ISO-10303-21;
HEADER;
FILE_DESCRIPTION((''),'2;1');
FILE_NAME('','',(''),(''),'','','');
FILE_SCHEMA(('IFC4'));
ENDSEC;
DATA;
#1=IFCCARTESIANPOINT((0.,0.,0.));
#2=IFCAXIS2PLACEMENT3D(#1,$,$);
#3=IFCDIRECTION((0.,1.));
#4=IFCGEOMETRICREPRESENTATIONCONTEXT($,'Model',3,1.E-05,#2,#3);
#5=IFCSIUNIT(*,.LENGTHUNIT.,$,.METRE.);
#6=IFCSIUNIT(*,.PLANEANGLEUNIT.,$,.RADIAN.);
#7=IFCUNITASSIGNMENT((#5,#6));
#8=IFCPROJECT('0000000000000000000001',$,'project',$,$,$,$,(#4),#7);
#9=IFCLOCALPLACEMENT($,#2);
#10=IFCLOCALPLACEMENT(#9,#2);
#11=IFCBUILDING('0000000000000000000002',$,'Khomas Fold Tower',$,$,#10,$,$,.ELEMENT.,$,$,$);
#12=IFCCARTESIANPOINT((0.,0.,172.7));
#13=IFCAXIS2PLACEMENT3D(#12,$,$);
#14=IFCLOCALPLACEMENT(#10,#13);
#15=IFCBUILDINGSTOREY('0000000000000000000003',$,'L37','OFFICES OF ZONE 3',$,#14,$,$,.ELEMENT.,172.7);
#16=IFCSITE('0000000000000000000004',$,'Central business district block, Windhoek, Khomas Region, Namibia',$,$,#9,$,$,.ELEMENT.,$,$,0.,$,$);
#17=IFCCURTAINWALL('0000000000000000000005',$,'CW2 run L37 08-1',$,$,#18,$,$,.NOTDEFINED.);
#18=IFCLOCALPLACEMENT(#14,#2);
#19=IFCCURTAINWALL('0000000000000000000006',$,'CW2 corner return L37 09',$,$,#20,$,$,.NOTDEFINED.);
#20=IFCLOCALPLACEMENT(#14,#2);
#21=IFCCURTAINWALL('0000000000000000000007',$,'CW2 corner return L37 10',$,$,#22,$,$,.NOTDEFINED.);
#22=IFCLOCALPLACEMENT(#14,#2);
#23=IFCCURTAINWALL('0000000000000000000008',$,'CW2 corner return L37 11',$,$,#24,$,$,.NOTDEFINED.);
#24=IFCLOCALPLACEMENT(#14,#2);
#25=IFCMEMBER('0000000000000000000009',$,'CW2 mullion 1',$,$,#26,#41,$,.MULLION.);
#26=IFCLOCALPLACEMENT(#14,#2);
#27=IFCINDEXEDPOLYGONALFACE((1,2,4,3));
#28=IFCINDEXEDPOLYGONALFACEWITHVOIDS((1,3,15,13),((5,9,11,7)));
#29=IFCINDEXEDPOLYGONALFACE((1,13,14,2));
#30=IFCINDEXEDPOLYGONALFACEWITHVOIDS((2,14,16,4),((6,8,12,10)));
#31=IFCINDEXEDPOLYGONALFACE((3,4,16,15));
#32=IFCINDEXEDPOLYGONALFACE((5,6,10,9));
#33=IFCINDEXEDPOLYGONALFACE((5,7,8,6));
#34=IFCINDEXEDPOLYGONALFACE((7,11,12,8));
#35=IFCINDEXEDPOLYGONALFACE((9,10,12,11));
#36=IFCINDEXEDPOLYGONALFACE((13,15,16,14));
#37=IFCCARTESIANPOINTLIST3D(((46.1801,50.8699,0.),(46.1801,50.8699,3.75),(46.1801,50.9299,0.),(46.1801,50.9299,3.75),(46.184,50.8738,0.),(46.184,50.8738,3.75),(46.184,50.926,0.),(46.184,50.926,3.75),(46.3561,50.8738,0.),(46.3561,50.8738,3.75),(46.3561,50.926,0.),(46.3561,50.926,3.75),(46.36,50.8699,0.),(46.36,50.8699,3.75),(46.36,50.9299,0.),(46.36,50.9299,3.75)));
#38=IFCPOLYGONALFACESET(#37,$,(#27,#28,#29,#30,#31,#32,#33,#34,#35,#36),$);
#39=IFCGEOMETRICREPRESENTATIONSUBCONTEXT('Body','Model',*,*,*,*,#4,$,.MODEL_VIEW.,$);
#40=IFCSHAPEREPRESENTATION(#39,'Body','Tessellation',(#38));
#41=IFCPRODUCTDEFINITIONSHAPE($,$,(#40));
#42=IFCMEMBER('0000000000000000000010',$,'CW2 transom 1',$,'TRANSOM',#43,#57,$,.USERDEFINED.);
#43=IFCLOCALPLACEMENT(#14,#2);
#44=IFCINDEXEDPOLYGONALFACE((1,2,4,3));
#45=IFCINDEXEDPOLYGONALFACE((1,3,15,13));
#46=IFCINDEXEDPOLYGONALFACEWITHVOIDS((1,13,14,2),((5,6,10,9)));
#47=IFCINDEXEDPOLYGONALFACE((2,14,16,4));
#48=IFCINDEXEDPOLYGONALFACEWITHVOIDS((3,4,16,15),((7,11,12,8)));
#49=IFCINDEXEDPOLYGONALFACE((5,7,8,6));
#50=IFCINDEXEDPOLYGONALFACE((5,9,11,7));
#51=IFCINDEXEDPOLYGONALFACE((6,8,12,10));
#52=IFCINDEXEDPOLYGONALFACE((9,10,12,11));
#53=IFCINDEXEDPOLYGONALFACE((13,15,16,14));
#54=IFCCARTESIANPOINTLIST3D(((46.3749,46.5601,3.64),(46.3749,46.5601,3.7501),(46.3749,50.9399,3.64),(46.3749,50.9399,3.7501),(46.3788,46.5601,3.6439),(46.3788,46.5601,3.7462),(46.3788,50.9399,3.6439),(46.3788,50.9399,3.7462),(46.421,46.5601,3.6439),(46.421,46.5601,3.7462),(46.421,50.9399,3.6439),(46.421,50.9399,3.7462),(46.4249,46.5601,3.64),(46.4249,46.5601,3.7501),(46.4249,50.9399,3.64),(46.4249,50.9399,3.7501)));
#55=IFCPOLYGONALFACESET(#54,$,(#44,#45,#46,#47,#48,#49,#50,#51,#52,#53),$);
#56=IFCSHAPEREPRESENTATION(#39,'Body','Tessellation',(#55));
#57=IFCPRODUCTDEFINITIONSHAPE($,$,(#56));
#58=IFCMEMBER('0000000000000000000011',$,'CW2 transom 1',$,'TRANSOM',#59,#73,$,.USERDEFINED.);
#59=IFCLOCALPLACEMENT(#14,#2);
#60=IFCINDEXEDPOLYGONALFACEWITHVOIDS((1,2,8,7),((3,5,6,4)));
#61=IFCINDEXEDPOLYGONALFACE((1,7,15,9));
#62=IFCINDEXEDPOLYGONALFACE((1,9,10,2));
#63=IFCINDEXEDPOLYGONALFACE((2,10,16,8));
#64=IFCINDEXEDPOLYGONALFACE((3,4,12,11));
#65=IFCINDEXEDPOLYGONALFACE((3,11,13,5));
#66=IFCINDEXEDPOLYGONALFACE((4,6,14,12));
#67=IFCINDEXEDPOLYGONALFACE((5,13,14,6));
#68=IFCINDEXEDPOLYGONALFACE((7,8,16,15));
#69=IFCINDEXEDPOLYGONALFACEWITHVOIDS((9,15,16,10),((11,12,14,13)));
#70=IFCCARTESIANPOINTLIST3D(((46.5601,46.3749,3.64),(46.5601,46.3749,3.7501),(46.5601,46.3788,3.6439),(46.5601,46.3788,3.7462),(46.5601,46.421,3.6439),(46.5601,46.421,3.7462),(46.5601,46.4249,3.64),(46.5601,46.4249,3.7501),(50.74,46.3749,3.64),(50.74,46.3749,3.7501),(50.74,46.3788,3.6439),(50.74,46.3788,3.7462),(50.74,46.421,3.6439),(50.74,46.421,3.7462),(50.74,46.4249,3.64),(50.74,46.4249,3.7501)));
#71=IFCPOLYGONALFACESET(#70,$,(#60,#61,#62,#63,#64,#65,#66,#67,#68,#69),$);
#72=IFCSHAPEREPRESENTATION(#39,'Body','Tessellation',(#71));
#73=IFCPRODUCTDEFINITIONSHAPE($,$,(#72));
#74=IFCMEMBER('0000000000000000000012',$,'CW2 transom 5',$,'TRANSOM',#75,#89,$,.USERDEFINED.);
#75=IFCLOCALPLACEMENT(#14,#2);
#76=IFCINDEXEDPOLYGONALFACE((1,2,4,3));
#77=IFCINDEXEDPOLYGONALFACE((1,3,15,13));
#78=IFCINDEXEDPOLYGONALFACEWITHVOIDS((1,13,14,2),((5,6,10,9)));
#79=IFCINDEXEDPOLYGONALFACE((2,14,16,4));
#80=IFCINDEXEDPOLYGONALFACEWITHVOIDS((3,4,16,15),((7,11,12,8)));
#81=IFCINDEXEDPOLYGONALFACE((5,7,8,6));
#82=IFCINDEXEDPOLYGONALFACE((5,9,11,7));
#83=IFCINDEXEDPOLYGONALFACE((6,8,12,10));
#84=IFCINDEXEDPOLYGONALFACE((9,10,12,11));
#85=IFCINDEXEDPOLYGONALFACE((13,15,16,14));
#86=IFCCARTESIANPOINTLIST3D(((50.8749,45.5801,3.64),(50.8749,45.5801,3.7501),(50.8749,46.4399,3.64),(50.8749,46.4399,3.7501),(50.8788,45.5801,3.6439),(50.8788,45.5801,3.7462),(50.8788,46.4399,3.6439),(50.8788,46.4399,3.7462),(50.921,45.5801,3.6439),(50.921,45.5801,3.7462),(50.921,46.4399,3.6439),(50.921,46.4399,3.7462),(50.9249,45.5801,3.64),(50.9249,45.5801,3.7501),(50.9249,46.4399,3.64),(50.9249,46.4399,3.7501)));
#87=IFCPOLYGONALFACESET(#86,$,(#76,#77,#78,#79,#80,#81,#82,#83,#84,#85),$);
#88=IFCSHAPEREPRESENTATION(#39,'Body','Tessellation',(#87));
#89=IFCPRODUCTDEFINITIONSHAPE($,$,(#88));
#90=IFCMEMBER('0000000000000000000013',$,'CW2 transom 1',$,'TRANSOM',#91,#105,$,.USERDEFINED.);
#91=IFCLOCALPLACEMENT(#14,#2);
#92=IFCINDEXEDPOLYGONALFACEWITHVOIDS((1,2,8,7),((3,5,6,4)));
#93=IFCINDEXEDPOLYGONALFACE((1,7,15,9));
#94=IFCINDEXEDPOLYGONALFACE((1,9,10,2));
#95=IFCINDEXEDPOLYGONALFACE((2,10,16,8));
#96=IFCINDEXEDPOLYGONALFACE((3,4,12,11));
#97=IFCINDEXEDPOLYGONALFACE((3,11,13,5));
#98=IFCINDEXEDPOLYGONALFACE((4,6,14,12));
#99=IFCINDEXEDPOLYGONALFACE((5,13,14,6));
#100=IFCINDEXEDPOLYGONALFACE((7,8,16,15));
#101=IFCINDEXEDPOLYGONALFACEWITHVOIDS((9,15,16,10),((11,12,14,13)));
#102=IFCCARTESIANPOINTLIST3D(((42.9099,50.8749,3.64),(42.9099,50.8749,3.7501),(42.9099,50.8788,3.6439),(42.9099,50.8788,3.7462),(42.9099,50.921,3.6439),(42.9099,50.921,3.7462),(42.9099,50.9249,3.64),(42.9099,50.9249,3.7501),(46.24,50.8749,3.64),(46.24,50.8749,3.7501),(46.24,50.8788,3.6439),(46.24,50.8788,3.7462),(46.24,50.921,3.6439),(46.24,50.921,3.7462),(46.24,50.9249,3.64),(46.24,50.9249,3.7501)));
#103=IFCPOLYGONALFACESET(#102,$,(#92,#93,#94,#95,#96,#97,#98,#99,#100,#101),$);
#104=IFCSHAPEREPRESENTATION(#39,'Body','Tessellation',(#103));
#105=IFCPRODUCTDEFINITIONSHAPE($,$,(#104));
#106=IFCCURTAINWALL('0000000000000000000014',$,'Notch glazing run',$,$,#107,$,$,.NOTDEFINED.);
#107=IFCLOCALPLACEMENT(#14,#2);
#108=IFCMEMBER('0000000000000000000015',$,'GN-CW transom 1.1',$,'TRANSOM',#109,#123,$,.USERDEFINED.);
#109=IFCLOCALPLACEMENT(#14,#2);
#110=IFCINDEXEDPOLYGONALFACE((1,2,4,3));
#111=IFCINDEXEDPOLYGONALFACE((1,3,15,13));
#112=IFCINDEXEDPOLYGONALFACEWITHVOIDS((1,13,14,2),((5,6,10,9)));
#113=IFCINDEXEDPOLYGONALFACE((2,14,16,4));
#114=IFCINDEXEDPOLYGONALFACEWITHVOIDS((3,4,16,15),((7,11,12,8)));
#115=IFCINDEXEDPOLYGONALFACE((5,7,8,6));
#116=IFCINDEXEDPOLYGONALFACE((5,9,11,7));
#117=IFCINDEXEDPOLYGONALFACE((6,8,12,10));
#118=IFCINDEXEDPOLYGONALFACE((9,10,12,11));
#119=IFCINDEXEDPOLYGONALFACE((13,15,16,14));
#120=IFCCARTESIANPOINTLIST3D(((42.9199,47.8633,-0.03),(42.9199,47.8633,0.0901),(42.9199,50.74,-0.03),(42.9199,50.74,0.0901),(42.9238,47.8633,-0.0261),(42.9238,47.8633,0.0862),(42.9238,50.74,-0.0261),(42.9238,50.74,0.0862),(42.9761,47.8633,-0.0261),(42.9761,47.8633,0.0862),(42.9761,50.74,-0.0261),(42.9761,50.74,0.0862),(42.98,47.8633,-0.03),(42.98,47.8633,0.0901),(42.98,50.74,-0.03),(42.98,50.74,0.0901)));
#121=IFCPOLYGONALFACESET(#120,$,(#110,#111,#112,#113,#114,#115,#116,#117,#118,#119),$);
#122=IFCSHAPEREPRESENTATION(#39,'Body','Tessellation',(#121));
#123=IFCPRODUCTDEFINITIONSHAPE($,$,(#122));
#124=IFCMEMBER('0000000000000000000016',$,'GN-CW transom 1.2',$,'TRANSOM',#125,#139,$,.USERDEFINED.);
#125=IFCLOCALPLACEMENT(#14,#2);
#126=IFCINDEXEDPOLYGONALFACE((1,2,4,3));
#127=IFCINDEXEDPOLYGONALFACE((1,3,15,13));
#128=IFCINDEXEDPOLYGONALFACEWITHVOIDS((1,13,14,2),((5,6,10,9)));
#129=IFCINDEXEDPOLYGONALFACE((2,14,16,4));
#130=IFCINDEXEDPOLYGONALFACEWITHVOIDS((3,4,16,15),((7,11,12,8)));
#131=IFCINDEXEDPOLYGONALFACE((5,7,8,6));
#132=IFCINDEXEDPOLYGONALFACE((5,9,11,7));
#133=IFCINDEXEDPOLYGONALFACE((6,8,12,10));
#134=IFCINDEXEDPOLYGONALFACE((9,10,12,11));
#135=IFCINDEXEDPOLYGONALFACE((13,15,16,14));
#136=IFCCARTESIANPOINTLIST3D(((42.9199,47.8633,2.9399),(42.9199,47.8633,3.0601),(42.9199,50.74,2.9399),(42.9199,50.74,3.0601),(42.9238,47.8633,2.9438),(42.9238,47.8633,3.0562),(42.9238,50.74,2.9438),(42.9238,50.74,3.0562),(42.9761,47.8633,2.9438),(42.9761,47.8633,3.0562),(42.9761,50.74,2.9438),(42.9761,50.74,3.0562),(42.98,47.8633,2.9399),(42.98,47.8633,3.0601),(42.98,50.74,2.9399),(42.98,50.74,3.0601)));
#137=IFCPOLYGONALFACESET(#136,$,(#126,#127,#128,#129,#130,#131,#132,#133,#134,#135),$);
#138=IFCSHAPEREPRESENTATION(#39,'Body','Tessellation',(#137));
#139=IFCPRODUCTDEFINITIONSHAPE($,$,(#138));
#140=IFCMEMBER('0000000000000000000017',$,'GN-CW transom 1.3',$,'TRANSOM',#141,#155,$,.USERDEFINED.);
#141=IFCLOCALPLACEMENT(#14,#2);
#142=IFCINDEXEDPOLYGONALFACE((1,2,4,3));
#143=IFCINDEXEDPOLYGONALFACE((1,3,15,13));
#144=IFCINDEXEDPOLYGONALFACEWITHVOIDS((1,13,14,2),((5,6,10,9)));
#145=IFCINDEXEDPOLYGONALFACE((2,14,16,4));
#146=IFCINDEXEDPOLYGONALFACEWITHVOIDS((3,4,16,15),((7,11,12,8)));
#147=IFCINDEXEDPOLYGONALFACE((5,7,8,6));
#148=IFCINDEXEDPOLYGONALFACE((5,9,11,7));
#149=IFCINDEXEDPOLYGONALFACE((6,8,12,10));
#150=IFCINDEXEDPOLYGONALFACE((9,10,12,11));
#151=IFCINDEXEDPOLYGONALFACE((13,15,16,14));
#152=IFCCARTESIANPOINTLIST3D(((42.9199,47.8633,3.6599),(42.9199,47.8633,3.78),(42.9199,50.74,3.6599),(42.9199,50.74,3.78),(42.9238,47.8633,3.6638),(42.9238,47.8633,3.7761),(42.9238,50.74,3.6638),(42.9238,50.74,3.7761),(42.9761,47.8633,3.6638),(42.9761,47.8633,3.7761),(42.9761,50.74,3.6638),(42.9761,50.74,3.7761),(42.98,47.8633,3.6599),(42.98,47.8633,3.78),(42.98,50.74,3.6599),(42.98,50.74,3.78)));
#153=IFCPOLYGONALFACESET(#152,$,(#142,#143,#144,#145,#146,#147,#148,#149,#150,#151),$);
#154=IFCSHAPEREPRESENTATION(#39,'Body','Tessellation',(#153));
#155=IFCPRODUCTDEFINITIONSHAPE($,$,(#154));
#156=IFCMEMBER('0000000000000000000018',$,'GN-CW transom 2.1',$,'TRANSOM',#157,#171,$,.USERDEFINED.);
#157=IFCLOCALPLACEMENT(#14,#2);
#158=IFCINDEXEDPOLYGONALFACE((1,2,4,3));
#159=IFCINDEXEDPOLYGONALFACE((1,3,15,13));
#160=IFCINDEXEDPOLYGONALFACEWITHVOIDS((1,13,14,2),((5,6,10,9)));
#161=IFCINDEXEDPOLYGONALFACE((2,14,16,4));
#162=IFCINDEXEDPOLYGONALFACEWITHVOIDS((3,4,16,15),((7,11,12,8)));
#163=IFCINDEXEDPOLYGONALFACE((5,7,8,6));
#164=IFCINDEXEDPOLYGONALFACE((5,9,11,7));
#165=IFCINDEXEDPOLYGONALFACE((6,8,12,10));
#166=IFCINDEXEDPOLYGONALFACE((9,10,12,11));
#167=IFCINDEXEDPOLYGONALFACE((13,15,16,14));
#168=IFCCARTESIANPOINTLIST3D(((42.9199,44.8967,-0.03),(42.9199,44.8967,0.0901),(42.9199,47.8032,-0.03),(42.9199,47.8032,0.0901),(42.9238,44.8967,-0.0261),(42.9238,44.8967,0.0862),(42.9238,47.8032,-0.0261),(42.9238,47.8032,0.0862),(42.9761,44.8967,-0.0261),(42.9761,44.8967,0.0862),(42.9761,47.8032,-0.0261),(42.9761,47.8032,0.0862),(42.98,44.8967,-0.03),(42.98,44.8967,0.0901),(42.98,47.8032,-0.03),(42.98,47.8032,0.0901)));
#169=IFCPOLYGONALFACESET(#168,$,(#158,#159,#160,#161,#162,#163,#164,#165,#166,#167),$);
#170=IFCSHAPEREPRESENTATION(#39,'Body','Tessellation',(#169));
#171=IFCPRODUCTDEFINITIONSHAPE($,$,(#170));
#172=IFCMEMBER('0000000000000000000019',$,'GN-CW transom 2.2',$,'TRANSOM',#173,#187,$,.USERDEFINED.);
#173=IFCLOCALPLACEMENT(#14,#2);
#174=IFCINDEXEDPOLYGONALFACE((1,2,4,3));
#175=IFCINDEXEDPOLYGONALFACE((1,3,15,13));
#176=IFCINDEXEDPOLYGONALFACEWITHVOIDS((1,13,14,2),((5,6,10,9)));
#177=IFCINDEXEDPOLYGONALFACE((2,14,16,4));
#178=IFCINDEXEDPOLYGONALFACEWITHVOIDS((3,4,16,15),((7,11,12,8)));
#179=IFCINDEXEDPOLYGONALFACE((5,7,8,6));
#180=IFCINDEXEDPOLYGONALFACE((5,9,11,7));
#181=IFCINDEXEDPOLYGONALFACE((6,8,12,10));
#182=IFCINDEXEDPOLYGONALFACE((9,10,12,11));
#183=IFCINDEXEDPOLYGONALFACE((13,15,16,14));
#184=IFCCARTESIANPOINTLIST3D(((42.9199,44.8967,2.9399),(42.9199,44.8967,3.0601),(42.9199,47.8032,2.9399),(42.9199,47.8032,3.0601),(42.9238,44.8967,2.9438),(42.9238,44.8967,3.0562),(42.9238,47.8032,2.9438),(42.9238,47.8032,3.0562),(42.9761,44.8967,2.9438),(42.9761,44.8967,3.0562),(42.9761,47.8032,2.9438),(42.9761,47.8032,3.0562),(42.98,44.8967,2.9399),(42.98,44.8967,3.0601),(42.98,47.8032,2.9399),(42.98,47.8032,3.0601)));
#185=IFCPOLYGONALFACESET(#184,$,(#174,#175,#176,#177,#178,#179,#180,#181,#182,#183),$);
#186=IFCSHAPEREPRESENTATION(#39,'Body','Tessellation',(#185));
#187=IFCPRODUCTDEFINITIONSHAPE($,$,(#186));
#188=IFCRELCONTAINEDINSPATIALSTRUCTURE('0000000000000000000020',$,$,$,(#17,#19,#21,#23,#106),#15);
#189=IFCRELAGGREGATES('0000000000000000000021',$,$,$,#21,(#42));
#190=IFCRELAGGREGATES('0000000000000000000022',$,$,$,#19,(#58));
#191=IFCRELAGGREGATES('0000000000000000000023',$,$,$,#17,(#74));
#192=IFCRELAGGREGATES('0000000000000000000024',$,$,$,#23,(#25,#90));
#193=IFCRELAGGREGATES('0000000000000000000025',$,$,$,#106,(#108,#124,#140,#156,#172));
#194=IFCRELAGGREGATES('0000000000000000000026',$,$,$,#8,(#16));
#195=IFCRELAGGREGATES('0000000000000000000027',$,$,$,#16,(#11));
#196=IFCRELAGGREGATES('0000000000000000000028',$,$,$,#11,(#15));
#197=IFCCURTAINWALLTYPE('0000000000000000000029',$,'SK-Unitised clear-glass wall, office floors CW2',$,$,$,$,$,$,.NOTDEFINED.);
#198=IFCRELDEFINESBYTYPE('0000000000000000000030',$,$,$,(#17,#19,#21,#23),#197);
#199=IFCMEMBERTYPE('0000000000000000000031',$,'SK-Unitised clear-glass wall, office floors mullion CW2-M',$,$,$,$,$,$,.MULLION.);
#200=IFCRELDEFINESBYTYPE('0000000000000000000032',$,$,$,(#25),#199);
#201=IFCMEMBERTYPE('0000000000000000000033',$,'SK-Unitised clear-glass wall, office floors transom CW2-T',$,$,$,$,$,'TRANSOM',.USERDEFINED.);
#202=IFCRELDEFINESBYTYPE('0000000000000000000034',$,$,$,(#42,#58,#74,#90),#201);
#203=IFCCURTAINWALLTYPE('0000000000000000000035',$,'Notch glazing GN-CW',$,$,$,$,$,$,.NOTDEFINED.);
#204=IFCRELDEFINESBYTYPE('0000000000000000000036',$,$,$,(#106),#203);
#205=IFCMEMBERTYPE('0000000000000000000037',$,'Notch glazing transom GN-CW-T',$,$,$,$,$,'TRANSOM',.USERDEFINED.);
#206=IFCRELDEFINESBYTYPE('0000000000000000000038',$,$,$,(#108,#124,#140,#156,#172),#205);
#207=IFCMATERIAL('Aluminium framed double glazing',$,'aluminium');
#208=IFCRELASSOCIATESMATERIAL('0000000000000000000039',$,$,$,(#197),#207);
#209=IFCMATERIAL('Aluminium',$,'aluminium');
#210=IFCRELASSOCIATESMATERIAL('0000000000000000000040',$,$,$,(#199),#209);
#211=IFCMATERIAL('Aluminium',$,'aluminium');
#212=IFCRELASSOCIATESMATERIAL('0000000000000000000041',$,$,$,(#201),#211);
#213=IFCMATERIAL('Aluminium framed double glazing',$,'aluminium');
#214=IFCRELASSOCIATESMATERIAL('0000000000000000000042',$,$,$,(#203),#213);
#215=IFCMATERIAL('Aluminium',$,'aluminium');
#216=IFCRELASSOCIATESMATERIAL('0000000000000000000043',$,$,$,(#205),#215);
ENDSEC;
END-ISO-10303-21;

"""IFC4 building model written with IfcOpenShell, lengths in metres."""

from ifc_helpers import new_model, si_unit, direction, frame, origin, origin_2d, place, context, subcontext, project, spatial, hollow_rectangle, extrude, source, transform, mapped, material, material_profile, profile_set, type_object, element, aggregate, save


model = new_model("IFC4")

# Units and contexts
model_context = context("Model", 3, precision=1e-05, world=origin(), true_north=direction((0.0, 1.0)))
body_context = subcontext(model_context, "Body", "Model", "MODEL_VIEW")
ifc_project = project(units=[si_unit("LENGTHUNIT", "METRE"), si_unit("PLANEANGLEUNIT", "RADIAN")], contexts=[model_context])

# Site, building, storey
site_placement = place(None, origin())
site = spatial("IfcSite", under=ifc_project, at=site_placement, Name="Central business district block, Windhoek, Khomas Region, Namibia", CompositionType="ELEMENT", RefElevation=0.0)
building_placement = place(site_placement, origin())
building = spatial("IfcBuilding", under=site, at=building_placement, Name="Khomas Fold Tower", CompositionType="ELEMENT")
storey_placement = place(building_placement, frame((0.0, 0.0, 172.7)))
storey = spatial("IfcBuildingStorey", under=building, at=storey_placement, Name="L37", Description="OFFICES OF ZONE 3", CompositionType="ELEMENT", Elevation=172.7)

# Curtain walls
ifc_material_1 = material(Name="Aluminium framed double glazing", Category="aluminium")
curtain_wall_type_1 = type_object("IfcCurtainWallType", Name="SK-Unitised clear-glass wall, office floors CW2", PredefinedType="NOTDEFINED", material=ifc_material_1)
curtain_wall_1_placement = place(storey_placement, origin())
curtain_wall_1 = element("IfcCurtainWall", 1, at=curtain_wall_1_placement, inside=storey, type_object=curtain_wall_type_1, Name="CW2 run L37 08-1", PredefinedType="NOTDEFINED")
ifc_material_2 = material(Name="Aluminium", Category="aluminium")
ifc_material_profile_1 = material_profile(ifc_material_2, hollow_rectangle(XDim=0.0601, YDim=0.1799, WallThickness=0.0039, at=origin_2d()), Name="SK-Unitised clear-glass wall, office floors mullion CW2-M")
ifc_profile_set_1 = profile_set([ifc_material_profile_1], Name="Aluminium")
member_type_1 = type_object("IfcMemberType", Name="SK-Unitised clear-glass wall, office floors mullion CW2-M", PredefinedType="MULLION", material=ifc_profile_set_1)
shared_shape_1 = source(origin(), body_context, "Body", "SweptSolid", [
    extrude(hollow_rectangle(XDim=0.0601, YDim=0.1799, WallThickness=0.0039, at=origin_2d()), origin(), (0.0, 0.0, 1.0), 3.75),
])
curtain_wall_2_placement = place(storey_placement, origin())
curtain_wall_2 = element("IfcCurtainWall", 2, at=curtain_wall_2_placement, inside=storey, type_object=curtain_wall_type_1, Name="CW2 corner return L37 09", PredefinedType="NOTDEFINED")
curtain_wall_3_placement = place(storey_placement, origin())
curtain_wall_3 = element("IfcCurtainWall", 3, at=curtain_wall_3_placement, inside=storey, type_object=curtain_wall_type_1, Name="CW2 corner return L37 10", PredefinedType="NOTDEFINED")

# Curtain wall, member
curtain_wall_4_placement = place(storey_placement, origin())
curtain_wall_4 = element("IfcCurtainWall", 4, at=curtain_wall_4_placement, inside=storey, type_object=curtain_wall_type_1, Name="CW2 corner return L37 11", PredefinedType="NOTDEFINED")
member_1_placement = place(storey_placement, frame((46.27, 50.8999, 0.0), z_axis=(0.0, 0.0, 1.0), x_axis=(0.0, -1.0, 0.0)))
member_1 = element("IfcMember", 5, at=member_1_placement, type_object=member_type_1, Name="CW2 mullion 1", PredefinedType="MULLION", context=body_context, shape_type="MappedRepresentation", body=[
    mapped(shared_shape_1, transform((0.0, 0.0, 0.0))),
])

# Members
ifc_material_3 = material(Name="Aluminium", Category="aluminium")
ifc_material_profile_2 = material_profile(ifc_material_3, hollow_rectangle(XDim=0.05, YDim=0.1101, WallThickness=0.0039, at=origin_2d()), Name="SK-Unitised clear-glass wall, office floors transom CW2-T")
ifc_profile_set_2 = profile_set([ifc_material_profile_2], Name="Aluminium")
member_type_2 = type_object("IfcMemberType", Name="SK-Unitised clear-glass wall, office floors transom CW2-T", ElementType="TRANSOM", PredefinedType="USERDEFINED", material=ifc_profile_set_2)
shared_shape_2 = source(origin(), body_context, "Body", "SweptSolid", [
    extrude(hollow_rectangle(XDim=0.05, YDim=0.1101, WallThickness=0.0039, at=origin_2d()), origin(), (0.0, 0.0, 1.0), 4.3799),
])
member_2_placement = place(storey_placement, frame((46.3999, 46.5601, 3.6951), z_axis=(0.0, 1.0, 0.0), x_axis=(-1.0, 0.0, 0.0)))
member_2 = element("IfcMember", 6, at=member_2_placement, type_object=member_type_2, Name="CW2 transom 1", ObjectType="TRANSOM", PredefinedType="USERDEFINED", context=body_context, shape_type="MappedRepresentation", body=[
    mapped(shared_shape_2, transform((0.0, 0.0, 0.0))),
])
shared_shape_3 = source(origin(), body_context, "Body", "SweptSolid", [
    extrude(hollow_rectangle(XDim=0.05, YDim=0.1101, WallThickness=0.0039, at=origin_2d()), origin(), (0.0, 0.0, 1.0), 4.1799),
])
member_3_placement = place(storey_placement, frame((50.74, 46.3999, 3.6951), z_axis=(-1.0, 0.0, 0.0), x_axis=(0.0, -1.0, 0.0)))
member_3 = element("IfcMember", 7, at=member_3_placement, type_object=member_type_2, Name="CW2 transom 1", ObjectType="TRANSOM", PredefinedType="USERDEFINED", context=body_context, shape_type="MappedRepresentation", body=[
    mapped(shared_shape_3, transform((0.0, 0.0, 0.0))),
])
shared_shape_4 = source(origin(), body_context, "Body", "SweptSolid", [
    extrude(hollow_rectangle(XDim=0.05, YDim=0.1101, WallThickness=0.0039, at=origin_2d()), origin(), (0.0, 0.0, 1.0), 0.8599),
])
member_4_placement = place(storey_placement, frame((50.8999, 45.5801, 3.6951), z_axis=(0.0, 1.0, 0.0), x_axis=(-1.0, 0.0, 0.0)))
member_4 = element("IfcMember", 8, at=member_4_placement, type_object=member_type_2, Name="CW2 transom 5", ObjectType="TRANSOM", PredefinedType="USERDEFINED", context=body_context, shape_type="MappedRepresentation", body=[
    mapped(shared_shape_4, transform((0.0, 0.0, 0.0))),
])
shared_shape_5 = source(origin(), body_context, "Body", "SweptSolid", [
    extrude(hollow_rectangle(XDim=0.05, YDim=0.1101, WallThickness=0.0039, at=origin_2d()), origin(), (0.0, 0.0, 1.0), 3.3301),
])
member_5_placement = place(storey_placement, frame((46.24, 50.8999, 3.6951), z_axis=(-1.0, 0.0, 0.0), x_axis=(0.0, -1.0, 0.0)))
member_5 = element("IfcMember", 9, at=member_5_placement, type_object=member_type_2, Name="CW2 transom 1", ObjectType="TRANSOM", PredefinedType="USERDEFINED", context=body_context, shape_type="MappedRepresentation", body=[
    mapped(shared_shape_5, transform((0.0, 0.0, 0.0))),
])

# Curtain wall, members
ifc_material_4 = material(Name="Aluminium framed double glazing", Category="aluminium")
curtain_wall_type_2 = type_object("IfcCurtainWallType", Name="Notch glazing GN-CW", PredefinedType="NOTDEFINED", material=ifc_material_4)
curtain_wall_5_placement = place(storey_placement, origin())
curtain_wall_5 = element("IfcCurtainWall", 10, at=curtain_wall_5_placement, inside=storey, type_object=curtain_wall_type_2, Name="Notch glazing run", PredefinedType="NOTDEFINED")
ifc_material_5 = material(Name="Aluminium", Category="aluminium")
ifc_material_profile_3 = material_profile(ifc_material_5, hollow_rectangle(XDim=0.0601, YDim=0.1201, WallThickness=0.0039, at=origin_2d()), Name="Notch glazing transom GN-CW-T")
ifc_profile_set_3 = profile_set([ifc_material_profile_3], Name="Aluminium")
member_type_3 = type_object("IfcMemberType", Name="Notch glazing transom GN-CW-T", ElementType="TRANSOM", PredefinedType="USERDEFINED", material=ifc_profile_set_3)
shared_shape_6 = source(origin(), body_context, "Body", "SweptSolid", [
    extrude(hollow_rectangle(XDim=0.0601, YDim=0.1201, WallThickness=0.0039, at=origin_2d()), origin(), (0.0, 0.0, 1.0), 2.8767),
])
member_6_placement = place(storey_placement, frame((42.95, 50.74, 0.03), z_axis=(0.0, -1.0, 0.0), x_axis=(1.0, 0.0, 0.0)))
member_6 = element("IfcMember", 11, at=member_6_placement, type_object=member_type_3, Name="GN-CW transom 1.1", ObjectType="TRANSOM", PredefinedType="USERDEFINED", context=body_context, shape_type="MappedRepresentation", body=[
    mapped(shared_shape_6, transform((0.0, 0.0, 0.0))),
])
member_7_placement = place(storey_placement, frame((42.95, 50.74, 3.0), z_axis=(0.0, -1.0, 0.0), x_axis=(1.0, 0.0, 0.0)))
member_7 = element("IfcMember", 12, at=member_7_placement, type_object=member_type_3, Name="GN-CW transom 1.2", ObjectType="TRANSOM", PredefinedType="USERDEFINED", context=body_context, shape_type="MappedRepresentation", body=[
    mapped(shared_shape_6, transform((0.0, 0.0, 0.0))),
])
member_8_placement = place(storey_placement, frame((42.95, 50.74, 3.72), z_axis=(0.0, -1.0, 0.0), x_axis=(1.0, 0.0, 0.0)))
member_8 = element("IfcMember", 13, at=member_8_placement, type_object=member_type_3, Name="GN-CW transom 1.3", ObjectType="TRANSOM", PredefinedType="USERDEFINED", context=body_context, shape_type="MappedRepresentation", body=[
    mapped(shared_shape_6, transform((0.0, 0.0, 0.0))),
])
shared_shape_7 = source(origin(), body_context, "Body", "SweptSolid", [
    extrude(hollow_rectangle(XDim=0.0601, YDim=0.1201, WallThickness=0.0039, at=origin_2d()), origin(), (0.0, 0.0, 1.0), 2.9065),
])
member_9_placement = place(storey_placement, frame((42.95, 47.8032, 0.03), z_axis=(0.0, -1.0, 0.0), x_axis=(1.0, 0.0, 0.0)))
member_9 = element("IfcMember", 14, at=member_9_placement, type_object=member_type_3, Name="GN-CW transom 2.1", ObjectType="TRANSOM", PredefinedType="USERDEFINED", context=body_context, shape_type="MappedRepresentation", body=[
    mapped(shared_shape_7, transform((0.0, 0.0, 0.0))),
])
member_10_placement = place(storey_placement, frame((42.95, 47.8032, 3.0), z_axis=(0.0, -1.0, 0.0), x_axis=(1.0, 0.0, 0.0)))
member_10 = element("IfcMember", 15, at=member_10_placement, type_object=member_type_3, Name="GN-CW transom 2.2", ObjectType="TRANSOM", PredefinedType="USERDEFINED", context=body_context, shape_type="MappedRepresentation", body=[
    mapped(shared_shape_7, transform((0.0, 0.0, 0.0))),
])

aggregate(curtain_wall_3, [member_2])
aggregate(curtain_wall_2, [member_3])
aggregate(curtain_wall_1, [member_4])
aggregate(curtain_wall_4, [member_1, member_5])
aggregate(curtain_wall_5, [member_6, member_7, member_8, member_9, member_10])

save(model, "model.ifc")
